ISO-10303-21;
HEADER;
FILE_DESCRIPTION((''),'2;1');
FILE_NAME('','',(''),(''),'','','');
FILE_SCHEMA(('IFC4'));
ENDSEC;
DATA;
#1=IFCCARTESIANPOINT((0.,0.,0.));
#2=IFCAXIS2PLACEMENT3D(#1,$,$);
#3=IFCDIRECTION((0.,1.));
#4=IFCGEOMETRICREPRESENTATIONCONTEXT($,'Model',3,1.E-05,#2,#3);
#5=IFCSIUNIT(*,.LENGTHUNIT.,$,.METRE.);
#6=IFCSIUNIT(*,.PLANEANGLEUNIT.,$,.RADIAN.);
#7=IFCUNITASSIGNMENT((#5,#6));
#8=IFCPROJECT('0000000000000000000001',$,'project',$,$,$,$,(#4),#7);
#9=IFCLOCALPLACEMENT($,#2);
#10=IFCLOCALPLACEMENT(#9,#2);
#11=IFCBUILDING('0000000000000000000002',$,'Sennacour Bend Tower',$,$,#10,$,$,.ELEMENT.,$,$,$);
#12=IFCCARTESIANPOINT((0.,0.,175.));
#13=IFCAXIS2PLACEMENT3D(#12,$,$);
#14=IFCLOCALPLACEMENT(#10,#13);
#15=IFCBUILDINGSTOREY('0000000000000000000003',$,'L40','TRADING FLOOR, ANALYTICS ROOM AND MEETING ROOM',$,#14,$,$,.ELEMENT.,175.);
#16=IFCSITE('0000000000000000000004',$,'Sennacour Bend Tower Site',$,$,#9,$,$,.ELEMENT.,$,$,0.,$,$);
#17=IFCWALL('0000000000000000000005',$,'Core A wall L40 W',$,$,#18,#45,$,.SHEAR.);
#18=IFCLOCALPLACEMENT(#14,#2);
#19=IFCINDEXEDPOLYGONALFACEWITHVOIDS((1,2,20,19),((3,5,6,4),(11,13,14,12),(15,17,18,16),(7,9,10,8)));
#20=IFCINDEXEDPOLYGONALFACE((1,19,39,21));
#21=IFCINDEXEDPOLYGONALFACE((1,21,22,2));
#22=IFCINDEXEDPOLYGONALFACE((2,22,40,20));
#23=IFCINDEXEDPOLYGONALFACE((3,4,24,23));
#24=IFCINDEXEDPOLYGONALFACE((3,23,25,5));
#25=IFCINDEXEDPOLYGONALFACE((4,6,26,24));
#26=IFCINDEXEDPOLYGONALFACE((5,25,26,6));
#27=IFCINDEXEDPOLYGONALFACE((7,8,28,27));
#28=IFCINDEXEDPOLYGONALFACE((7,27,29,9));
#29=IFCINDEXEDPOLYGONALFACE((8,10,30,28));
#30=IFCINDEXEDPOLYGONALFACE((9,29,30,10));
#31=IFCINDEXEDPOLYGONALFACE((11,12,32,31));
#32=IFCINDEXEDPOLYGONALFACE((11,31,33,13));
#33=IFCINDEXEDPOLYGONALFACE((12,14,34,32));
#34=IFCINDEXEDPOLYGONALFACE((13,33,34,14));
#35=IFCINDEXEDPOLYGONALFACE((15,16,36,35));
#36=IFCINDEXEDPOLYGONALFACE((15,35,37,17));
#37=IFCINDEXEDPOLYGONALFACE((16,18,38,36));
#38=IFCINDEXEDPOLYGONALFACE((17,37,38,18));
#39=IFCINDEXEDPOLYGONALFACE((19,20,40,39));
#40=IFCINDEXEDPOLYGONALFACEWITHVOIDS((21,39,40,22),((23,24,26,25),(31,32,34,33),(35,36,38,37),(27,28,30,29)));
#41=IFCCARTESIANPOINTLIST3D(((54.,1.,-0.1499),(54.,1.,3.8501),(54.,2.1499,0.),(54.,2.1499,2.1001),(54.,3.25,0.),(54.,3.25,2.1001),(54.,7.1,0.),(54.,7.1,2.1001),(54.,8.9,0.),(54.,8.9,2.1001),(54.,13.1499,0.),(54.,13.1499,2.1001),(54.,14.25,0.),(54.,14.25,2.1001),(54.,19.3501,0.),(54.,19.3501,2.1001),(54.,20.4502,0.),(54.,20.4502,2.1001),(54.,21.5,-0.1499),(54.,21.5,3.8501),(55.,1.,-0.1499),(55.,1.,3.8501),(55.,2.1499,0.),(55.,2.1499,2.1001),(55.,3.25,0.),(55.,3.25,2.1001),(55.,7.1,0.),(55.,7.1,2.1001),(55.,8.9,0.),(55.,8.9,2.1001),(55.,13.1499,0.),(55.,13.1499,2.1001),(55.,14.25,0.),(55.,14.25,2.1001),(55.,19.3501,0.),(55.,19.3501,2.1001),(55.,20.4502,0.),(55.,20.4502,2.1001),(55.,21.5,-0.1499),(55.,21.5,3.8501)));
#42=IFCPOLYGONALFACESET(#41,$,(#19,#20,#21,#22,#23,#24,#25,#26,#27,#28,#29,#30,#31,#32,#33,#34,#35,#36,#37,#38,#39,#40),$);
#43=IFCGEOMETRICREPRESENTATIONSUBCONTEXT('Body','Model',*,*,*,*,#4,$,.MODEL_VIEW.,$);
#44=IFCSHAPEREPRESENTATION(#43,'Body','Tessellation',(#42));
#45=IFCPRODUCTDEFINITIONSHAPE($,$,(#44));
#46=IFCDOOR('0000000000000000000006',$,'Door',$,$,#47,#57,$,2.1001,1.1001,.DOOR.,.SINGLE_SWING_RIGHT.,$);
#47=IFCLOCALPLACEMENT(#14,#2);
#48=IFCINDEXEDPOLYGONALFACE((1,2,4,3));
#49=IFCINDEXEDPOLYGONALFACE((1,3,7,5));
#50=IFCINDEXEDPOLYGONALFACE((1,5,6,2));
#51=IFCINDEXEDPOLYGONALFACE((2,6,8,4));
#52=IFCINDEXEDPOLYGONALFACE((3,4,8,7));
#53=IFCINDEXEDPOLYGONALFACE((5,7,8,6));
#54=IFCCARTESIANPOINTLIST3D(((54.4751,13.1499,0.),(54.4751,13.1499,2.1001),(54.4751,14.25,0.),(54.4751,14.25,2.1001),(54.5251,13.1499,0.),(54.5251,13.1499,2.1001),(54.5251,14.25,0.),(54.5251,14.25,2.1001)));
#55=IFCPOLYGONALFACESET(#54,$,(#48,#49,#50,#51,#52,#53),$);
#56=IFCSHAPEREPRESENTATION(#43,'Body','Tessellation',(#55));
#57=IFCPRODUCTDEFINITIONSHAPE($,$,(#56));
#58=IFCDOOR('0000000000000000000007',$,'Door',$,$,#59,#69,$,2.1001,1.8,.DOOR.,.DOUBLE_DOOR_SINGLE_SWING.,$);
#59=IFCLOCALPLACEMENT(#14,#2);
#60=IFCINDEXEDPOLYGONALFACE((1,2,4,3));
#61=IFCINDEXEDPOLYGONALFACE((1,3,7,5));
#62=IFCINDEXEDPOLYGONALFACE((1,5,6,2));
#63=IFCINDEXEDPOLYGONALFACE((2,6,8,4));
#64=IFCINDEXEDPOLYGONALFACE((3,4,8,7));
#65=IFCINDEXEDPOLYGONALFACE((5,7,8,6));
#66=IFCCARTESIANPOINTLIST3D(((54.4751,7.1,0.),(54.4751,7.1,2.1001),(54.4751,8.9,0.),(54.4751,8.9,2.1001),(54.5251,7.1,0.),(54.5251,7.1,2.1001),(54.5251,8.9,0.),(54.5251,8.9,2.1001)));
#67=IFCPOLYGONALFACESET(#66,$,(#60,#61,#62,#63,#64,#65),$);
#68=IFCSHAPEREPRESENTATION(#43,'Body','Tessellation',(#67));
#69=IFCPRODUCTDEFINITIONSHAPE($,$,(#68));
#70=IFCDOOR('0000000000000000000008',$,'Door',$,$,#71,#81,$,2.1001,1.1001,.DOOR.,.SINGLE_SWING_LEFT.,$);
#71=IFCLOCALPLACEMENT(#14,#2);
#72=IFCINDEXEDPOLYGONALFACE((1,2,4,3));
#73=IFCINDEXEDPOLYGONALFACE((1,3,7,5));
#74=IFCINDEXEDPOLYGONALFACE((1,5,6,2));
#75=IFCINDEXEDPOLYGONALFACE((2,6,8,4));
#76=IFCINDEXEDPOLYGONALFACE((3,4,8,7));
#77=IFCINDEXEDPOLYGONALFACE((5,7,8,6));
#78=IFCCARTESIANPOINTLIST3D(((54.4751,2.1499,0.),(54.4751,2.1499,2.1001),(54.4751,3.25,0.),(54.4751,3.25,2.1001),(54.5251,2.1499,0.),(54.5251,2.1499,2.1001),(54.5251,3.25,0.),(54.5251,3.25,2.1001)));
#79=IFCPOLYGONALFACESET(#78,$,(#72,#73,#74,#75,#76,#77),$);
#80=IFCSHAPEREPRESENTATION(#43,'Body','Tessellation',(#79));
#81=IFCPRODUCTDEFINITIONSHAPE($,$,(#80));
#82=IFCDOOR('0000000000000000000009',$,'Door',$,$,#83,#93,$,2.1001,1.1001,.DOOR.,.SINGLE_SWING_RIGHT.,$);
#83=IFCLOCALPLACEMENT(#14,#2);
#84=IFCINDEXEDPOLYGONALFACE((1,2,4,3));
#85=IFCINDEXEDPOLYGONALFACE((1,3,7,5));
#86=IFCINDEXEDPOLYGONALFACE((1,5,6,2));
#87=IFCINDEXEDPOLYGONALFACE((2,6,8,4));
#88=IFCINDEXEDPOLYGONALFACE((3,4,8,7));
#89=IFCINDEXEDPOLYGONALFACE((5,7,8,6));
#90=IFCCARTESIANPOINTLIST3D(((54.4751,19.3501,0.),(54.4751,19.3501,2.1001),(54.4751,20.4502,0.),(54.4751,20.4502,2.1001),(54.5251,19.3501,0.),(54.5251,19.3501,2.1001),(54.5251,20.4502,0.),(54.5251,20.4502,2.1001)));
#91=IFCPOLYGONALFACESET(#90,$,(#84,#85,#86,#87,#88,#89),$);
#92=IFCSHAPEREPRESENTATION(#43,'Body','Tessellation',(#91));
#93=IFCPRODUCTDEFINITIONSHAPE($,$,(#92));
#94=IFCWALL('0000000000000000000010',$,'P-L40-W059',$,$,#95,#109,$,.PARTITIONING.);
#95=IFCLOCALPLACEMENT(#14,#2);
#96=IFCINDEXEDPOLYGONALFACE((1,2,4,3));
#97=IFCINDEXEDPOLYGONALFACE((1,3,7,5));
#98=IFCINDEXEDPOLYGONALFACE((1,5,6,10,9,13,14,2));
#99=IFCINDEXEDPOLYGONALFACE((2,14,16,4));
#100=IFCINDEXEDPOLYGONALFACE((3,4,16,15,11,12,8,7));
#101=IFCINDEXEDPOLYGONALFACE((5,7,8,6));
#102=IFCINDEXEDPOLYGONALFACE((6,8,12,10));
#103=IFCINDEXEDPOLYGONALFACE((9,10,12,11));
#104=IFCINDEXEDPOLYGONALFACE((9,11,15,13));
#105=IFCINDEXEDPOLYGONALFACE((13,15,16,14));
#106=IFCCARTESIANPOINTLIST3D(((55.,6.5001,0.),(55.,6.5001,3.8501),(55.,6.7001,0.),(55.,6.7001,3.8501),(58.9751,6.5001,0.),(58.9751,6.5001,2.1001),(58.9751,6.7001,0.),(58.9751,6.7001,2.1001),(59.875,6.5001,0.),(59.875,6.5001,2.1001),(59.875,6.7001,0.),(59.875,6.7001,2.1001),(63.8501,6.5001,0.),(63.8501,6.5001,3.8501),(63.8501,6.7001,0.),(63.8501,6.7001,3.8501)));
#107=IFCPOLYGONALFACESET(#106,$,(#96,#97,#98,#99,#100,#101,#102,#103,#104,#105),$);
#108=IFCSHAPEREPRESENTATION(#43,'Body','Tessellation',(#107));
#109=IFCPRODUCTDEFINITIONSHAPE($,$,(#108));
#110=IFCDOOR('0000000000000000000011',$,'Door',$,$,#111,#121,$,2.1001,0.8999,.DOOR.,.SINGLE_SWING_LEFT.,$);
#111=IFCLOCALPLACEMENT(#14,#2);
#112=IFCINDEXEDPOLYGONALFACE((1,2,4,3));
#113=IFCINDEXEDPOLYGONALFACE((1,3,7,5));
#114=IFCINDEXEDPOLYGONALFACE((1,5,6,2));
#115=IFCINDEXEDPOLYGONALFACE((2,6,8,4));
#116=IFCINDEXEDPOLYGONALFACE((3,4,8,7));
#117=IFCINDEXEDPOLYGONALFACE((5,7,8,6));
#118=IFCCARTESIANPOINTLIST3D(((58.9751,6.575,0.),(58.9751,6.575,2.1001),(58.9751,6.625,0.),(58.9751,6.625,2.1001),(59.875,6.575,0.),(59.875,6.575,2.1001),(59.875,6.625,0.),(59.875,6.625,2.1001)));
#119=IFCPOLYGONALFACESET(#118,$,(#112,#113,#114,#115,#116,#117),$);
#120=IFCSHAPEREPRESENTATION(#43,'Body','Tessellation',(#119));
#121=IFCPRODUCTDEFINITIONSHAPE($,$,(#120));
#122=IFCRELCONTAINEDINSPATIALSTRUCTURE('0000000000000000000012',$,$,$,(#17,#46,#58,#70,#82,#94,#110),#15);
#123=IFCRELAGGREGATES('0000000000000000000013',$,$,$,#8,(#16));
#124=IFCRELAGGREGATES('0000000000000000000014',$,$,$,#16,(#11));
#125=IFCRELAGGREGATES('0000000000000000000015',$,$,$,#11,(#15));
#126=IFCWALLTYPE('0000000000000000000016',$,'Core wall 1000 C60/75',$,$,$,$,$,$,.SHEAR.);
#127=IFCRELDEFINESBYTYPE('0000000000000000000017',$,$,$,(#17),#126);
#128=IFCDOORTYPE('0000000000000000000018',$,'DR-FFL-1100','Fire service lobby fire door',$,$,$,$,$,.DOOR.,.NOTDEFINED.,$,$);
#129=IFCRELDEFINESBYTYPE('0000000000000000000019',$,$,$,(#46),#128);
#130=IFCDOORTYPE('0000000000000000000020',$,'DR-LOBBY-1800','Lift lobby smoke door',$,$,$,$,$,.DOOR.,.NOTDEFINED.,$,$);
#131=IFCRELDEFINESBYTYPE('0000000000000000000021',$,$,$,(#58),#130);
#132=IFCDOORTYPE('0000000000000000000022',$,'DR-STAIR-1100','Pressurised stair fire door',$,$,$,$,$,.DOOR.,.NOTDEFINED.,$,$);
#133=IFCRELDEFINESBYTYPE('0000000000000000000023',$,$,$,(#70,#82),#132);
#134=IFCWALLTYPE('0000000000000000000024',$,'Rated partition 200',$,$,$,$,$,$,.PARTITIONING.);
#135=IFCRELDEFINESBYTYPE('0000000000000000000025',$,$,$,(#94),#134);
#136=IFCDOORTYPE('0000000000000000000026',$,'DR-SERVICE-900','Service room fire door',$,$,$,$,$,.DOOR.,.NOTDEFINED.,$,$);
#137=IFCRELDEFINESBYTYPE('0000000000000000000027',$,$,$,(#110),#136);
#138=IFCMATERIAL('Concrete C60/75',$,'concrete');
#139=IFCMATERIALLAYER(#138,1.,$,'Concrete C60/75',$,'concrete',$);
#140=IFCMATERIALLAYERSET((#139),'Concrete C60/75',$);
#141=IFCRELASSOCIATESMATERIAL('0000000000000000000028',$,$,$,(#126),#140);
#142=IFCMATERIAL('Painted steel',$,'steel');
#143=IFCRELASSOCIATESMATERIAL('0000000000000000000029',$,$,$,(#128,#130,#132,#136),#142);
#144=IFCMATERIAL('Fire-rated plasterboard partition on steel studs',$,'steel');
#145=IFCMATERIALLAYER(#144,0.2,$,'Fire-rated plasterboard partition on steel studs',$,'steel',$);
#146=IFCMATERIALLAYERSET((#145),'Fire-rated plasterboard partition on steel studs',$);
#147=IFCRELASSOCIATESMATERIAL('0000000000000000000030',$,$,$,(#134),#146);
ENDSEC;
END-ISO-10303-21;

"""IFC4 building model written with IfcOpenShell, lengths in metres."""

from ifc_helpers import new_model, si_unit, direction, frame, frame_2d, origin, place, context, subcontext, project, spatial, rectangle, extrude, material, layer, layer_set, type_object, element, fill, save


model = new_model("IFC4")

# Units and contexts
model_context = context("Model", 3, precision=1e-05, world=origin(), true_north=direction((0.0, 1.0)))
body_context = subcontext(model_context, "Body", "Model", "MODEL_VIEW")
ifc_project = project(units=[si_unit("LENGTHUNIT", "METRE"), si_unit("PLANEANGLEUNIT", "RADIAN")], contexts=[model_context])

# Site, building, storey
site_placement = place(None, origin())
site = spatial("IfcSite", under=ifc_project, at=site_placement, Name="Sennacour Bend Tower Site", CompositionType="ELEMENT", RefElevation=0.0)
building_placement = place(site_placement, origin())
building = spatial("IfcBuilding", under=site, at=building_placement, Name="Sennacour Bend Tower", CompositionType="ELEMENT")
storey_placement = place(building_placement, frame((0.0, 0.0, 175.0)))
storey = spatial("IfcBuildingStorey", under=building, at=storey_placement, Name="L40", Description="TRADING FLOOR, ANALYTICS ROOM AND MEETING ROOM", CompositionType="ELEMENT", Elevation=175.0)

# Wall, openings, doors
ifc_material_1 = material(Name="Concrete C60/75", Category="concrete")
ifc_layer_1 = layer(ifc_material_1, 1.0, Name="Concrete C60/75", Category="concrete")
ifc_layer_set_1 = layer_set([ifc_layer_1], Name="Concrete C60/75")
wall_type_1 = type_object("IfcWallType", Name="Core wall 1000 C60/75", PredefinedType="SHEAR", material=ifc_layer_set_1)
wall_1_placement = place(storey_placement, frame((54.5, 1.0, -0.1499), z_axis=(0.0, 0.0, 1.0), x_axis=(0.0, 1.0, 0.0)))
wall_1 = element("IfcWall", 1, at=wall_1_placement, inside=storey, type_object=wall_type_1, Name="Core A wall L40 W", PredefinedType="SHEAR", context=body_context, shape_type="SweptSolid", body=[
    extrude(rectangle(XDim=20.5, YDim=1.0, at=frame_2d((10.25, 0.0))), origin(), (0.0, 0.0, 1.0), 4.0),
])
opening_1_placement = place(wall_1_placement, frame((6.1001, 0.0, 0.1499)))
opening_1 = element("IfcOpeningElement", 2, at=opening_1_placement, cuts=wall_1, PredefinedType="OPENING", context=body_context, shape_type="SweptSolid", body=[
    extrude(rectangle(XDim=1.8, YDim=2.1001, at=frame_2d((0.8999, 1.05))), frame((0.0, 0.51, 0.0), z_axis=(0.0, -1.0, 0.0), x_axis=(1.0, 0.0, 0.0)), (0.0, 0.0, 1.0), 1.02),
])
opening_2_placement = place(wall_1_placement, frame((12.1499, 0.0, 0.1499)))
opening_2 = element("IfcOpeningElement", 3, at=opening_2_placement, cuts=wall_1, PredefinedType="OPENING", context=body_context, shape_type="SweptSolid", body=[
    extrude(rectangle(XDim=1.1001, YDim=2.1001, at=frame_2d((0.55, 1.05))), frame((0.0, 0.51, 0.0), z_axis=(0.0, -1.0, 0.0), x_axis=(1.0, 0.0, 0.0)), (0.0, 0.0, 1.0), 1.02),
])
opening_3_placement = place(wall_1_placement, frame((1.1499, 0.0, 0.1499)))
opening_3 = element("IfcOpeningElement", 4, at=opening_3_placement, cuts=wall_1, PredefinedType="OPENING", context=body_context, shape_type="SweptSolid", body=[
    extrude(rectangle(XDim=1.1001, YDim=2.1001, at=frame_2d((0.55, 1.05))), frame((0.0, 0.51, 0.0), z_axis=(0.0, -1.0, 0.0), x_axis=(1.0, 0.0, 0.0)), (0.0, 0.0, 1.0), 1.02),
])
opening_4_placement = place(wall_1_placement, frame((18.3501, 0.0, 0.1499)))
opening_4 = element("IfcOpeningElement", 5, at=opening_4_placement, cuts=wall_1, PredefinedType="OPENING", context=body_context, shape_type="SweptSolid", body=[
    extrude(rectangle(XDim=1.1001, YDim=2.1001, at=frame_2d((0.55, 1.05))), frame((0.0, 0.51, 0.0), z_axis=(0.0, -1.0, 0.0), x_axis=(1.0, 0.0, 0.0)), (0.0, 0.0, 1.0), 1.02),
])
ifc_material_2 = material(Name="Painted steel", Category="steel")
door_type_1 = type_object("IfcDoorType", Name="DR-FFL-1100", Description="Fire service lobby fire door", OperationType="NOTDEFINED", PredefinedType="DOOR", material=ifc_material_2)
door_1_placement = place(opening_2_placement, origin())
door_1 = element("IfcDoor", 6, at=door_1_placement, inside=storey, type_object=door_type_1, Name="Door", OperationType="SINGLE_SWING_RIGHT", OverallHeight=2.1001, OverallWidth=1.1001, PredefinedType="DOOR", context=body_context, shape_type="SweptSolid", body=[
    extrude(rectangle(XDim=1.1001, YDim=2.1001, at=frame_2d((0.55, 1.05))), frame((0.0, 0.0249, 0.0), z_axis=(0.0, -1.0, 0.0), x_axis=(1.0, 0.0, 0.0)), (0.0, 0.0, 1.0), 0.05),
])
fill(opening_2, door_1)
door_type_2 = type_object("IfcDoorType", Name="DR-LOBBY-1800", Description="Lift lobby smoke door", OperationType="NOTDEFINED", PredefinedType="DOOR", material=ifc_material_2)
door_2_placement = place(opening_1_placement, origin())
door_2 = element("IfcDoor", 7, at=door_2_placement, inside=storey, type_object=door_type_2, Name="Door", OperationType="DOUBLE_DOOR_SINGLE_SWING", OverallHeight=2.1001, OverallWidth=1.8, PredefinedType="DOOR", context=body_context, shape_type="SweptSolid", body=[
    extrude(rectangle(XDim=1.8, YDim=2.1001, at=frame_2d((0.8999, 1.05))), frame((0.0, 0.0249, 0.0), z_axis=(0.0, -1.0, 0.0), x_axis=(1.0, 0.0, 0.0)), (0.0, 0.0, 1.0), 0.05),
])
fill(opening_1, door_2)
door_type_3 = type_object("IfcDoorType", Name="DR-STAIR-1100", Description="Pressurised stair fire door", OperationType="NOTDEFINED", PredefinedType="DOOR", material=ifc_material_2)
door_3_placement = place(opening_3_placement, origin())
door_3 = element("IfcDoor", 8, at=door_3_placement, inside=storey, type_object=door_type_3, Name="Door", OperationType="SINGLE_SWING_LEFT", OverallHeight=2.1001, OverallWidth=1.1001, PredefinedType="DOOR", context=body_context, shape_type="SweptSolid", body=[
    extrude(rectangle(XDim=1.1001, YDim=2.1001, at=frame_2d((0.55, 1.05))), frame((0.0, 0.0249, 0.0), z_axis=(0.0, -1.0, 0.0), x_axis=(1.0, 0.0, 0.0)), (0.0, 0.0, 1.0), 0.05),
])
fill(opening_3, door_3)
door_4_placement = place(opening_4_placement, origin())
door_4 = element("IfcDoor", 9, at=door_4_placement, inside=storey, type_object=door_type_3, Name="Door", OperationType="SINGLE_SWING_RIGHT", OverallHeight=2.1001, OverallWidth=1.1001, PredefinedType="DOOR", context=body_context, shape_type="SweptSolid", body=[
    extrude(rectangle(XDim=1.1001, YDim=2.1001, at=frame_2d((0.55, 1.05))), frame((0.0, 0.0249, 0.0), z_axis=(0.0, -1.0, 0.0), x_axis=(1.0, 0.0, 0.0)), (0.0, 0.0, 1.0), 0.05),
])
fill(opening_4, door_4)

# Wall, opening, door
ifc_material_3 = material(Name="Fire-rated plasterboard partition on steel studs", Category="steel")
ifc_layer_2 = layer(ifc_material_3, 0.2, Name="Fire-rated plasterboard partition on steel studs", Category="steel")
ifc_layer_set_2 = layer_set([ifc_layer_2], Name="Fire-rated plasterboard partition on steel studs")
wall_type_2 = type_object("IfcWallType", Name="Rated partition 200", PredefinedType="PARTITIONING", material=ifc_layer_set_2)
wall_2_placement = place(storey_placement, frame((55.0, 6.6001, 0.0), z_axis=(0.0, 0.0, 1.0), x_axis=(1.0, 0.0, 0.0)))
wall_2 = element("IfcWall", 10, at=wall_2_placement, inside=storey, type_object=wall_type_2, Name="P-L40-W059", PredefinedType="PARTITIONING", context=body_context, shape_type="SweptSolid", body=[
    extrude(rectangle(XDim=8.8501, YDim=0.2, at=frame_2d((4.425, 0.0))), origin(), (0.0, 0.0, 1.0), 3.8501),
])
opening_5_placement = place(wall_2_placement, frame((3.9751, 0.0, 0.0)))
opening_5 = element("IfcOpeningElement", 11, at=opening_5_placement, cuts=wall_2, PredefinedType="OPENING", context=body_context, shape_type="SweptSolid", body=[
    extrude(rectangle(XDim=0.8999, YDim=2.1001, at=frame_2d((0.45, 1.05))), frame((0.0, 0.1099, 0.0), z_axis=(0.0, -1.0, 0.0), x_axis=(1.0, 0.0, 0.0)), (0.0, 0.0, 1.0), 0.22),
])
door_type_4 = type_object("IfcDoorType", Name="DR-SERVICE-900", Description="Service room fire door", OperationType="NOTDEFINED", PredefinedType="DOOR", material=ifc_material_2)
door_5_placement = place(opening_5_placement, origin())
door_5 = element("IfcDoor", 12, at=door_5_placement, inside=storey, type_object=door_type_4, Name="Door", OperationType="SINGLE_SWING_LEFT", OverallHeight=2.1001, OverallWidth=0.8999, PredefinedType="DOOR", context=body_context, shape_type="SweptSolid", body=[
    extrude(rectangle(XDim=0.8999, YDim=2.1001, at=frame_2d((0.45, 1.05))), frame((0.0, 0.0249, 0.0), z_axis=(0.0, -1.0, 0.0), x_axis=(1.0, 0.0, 0.0)), (0.0, 0.0, 1.0), 0.05),
])
fill(opening_5, door_5)

save(model, "model.ifc")
